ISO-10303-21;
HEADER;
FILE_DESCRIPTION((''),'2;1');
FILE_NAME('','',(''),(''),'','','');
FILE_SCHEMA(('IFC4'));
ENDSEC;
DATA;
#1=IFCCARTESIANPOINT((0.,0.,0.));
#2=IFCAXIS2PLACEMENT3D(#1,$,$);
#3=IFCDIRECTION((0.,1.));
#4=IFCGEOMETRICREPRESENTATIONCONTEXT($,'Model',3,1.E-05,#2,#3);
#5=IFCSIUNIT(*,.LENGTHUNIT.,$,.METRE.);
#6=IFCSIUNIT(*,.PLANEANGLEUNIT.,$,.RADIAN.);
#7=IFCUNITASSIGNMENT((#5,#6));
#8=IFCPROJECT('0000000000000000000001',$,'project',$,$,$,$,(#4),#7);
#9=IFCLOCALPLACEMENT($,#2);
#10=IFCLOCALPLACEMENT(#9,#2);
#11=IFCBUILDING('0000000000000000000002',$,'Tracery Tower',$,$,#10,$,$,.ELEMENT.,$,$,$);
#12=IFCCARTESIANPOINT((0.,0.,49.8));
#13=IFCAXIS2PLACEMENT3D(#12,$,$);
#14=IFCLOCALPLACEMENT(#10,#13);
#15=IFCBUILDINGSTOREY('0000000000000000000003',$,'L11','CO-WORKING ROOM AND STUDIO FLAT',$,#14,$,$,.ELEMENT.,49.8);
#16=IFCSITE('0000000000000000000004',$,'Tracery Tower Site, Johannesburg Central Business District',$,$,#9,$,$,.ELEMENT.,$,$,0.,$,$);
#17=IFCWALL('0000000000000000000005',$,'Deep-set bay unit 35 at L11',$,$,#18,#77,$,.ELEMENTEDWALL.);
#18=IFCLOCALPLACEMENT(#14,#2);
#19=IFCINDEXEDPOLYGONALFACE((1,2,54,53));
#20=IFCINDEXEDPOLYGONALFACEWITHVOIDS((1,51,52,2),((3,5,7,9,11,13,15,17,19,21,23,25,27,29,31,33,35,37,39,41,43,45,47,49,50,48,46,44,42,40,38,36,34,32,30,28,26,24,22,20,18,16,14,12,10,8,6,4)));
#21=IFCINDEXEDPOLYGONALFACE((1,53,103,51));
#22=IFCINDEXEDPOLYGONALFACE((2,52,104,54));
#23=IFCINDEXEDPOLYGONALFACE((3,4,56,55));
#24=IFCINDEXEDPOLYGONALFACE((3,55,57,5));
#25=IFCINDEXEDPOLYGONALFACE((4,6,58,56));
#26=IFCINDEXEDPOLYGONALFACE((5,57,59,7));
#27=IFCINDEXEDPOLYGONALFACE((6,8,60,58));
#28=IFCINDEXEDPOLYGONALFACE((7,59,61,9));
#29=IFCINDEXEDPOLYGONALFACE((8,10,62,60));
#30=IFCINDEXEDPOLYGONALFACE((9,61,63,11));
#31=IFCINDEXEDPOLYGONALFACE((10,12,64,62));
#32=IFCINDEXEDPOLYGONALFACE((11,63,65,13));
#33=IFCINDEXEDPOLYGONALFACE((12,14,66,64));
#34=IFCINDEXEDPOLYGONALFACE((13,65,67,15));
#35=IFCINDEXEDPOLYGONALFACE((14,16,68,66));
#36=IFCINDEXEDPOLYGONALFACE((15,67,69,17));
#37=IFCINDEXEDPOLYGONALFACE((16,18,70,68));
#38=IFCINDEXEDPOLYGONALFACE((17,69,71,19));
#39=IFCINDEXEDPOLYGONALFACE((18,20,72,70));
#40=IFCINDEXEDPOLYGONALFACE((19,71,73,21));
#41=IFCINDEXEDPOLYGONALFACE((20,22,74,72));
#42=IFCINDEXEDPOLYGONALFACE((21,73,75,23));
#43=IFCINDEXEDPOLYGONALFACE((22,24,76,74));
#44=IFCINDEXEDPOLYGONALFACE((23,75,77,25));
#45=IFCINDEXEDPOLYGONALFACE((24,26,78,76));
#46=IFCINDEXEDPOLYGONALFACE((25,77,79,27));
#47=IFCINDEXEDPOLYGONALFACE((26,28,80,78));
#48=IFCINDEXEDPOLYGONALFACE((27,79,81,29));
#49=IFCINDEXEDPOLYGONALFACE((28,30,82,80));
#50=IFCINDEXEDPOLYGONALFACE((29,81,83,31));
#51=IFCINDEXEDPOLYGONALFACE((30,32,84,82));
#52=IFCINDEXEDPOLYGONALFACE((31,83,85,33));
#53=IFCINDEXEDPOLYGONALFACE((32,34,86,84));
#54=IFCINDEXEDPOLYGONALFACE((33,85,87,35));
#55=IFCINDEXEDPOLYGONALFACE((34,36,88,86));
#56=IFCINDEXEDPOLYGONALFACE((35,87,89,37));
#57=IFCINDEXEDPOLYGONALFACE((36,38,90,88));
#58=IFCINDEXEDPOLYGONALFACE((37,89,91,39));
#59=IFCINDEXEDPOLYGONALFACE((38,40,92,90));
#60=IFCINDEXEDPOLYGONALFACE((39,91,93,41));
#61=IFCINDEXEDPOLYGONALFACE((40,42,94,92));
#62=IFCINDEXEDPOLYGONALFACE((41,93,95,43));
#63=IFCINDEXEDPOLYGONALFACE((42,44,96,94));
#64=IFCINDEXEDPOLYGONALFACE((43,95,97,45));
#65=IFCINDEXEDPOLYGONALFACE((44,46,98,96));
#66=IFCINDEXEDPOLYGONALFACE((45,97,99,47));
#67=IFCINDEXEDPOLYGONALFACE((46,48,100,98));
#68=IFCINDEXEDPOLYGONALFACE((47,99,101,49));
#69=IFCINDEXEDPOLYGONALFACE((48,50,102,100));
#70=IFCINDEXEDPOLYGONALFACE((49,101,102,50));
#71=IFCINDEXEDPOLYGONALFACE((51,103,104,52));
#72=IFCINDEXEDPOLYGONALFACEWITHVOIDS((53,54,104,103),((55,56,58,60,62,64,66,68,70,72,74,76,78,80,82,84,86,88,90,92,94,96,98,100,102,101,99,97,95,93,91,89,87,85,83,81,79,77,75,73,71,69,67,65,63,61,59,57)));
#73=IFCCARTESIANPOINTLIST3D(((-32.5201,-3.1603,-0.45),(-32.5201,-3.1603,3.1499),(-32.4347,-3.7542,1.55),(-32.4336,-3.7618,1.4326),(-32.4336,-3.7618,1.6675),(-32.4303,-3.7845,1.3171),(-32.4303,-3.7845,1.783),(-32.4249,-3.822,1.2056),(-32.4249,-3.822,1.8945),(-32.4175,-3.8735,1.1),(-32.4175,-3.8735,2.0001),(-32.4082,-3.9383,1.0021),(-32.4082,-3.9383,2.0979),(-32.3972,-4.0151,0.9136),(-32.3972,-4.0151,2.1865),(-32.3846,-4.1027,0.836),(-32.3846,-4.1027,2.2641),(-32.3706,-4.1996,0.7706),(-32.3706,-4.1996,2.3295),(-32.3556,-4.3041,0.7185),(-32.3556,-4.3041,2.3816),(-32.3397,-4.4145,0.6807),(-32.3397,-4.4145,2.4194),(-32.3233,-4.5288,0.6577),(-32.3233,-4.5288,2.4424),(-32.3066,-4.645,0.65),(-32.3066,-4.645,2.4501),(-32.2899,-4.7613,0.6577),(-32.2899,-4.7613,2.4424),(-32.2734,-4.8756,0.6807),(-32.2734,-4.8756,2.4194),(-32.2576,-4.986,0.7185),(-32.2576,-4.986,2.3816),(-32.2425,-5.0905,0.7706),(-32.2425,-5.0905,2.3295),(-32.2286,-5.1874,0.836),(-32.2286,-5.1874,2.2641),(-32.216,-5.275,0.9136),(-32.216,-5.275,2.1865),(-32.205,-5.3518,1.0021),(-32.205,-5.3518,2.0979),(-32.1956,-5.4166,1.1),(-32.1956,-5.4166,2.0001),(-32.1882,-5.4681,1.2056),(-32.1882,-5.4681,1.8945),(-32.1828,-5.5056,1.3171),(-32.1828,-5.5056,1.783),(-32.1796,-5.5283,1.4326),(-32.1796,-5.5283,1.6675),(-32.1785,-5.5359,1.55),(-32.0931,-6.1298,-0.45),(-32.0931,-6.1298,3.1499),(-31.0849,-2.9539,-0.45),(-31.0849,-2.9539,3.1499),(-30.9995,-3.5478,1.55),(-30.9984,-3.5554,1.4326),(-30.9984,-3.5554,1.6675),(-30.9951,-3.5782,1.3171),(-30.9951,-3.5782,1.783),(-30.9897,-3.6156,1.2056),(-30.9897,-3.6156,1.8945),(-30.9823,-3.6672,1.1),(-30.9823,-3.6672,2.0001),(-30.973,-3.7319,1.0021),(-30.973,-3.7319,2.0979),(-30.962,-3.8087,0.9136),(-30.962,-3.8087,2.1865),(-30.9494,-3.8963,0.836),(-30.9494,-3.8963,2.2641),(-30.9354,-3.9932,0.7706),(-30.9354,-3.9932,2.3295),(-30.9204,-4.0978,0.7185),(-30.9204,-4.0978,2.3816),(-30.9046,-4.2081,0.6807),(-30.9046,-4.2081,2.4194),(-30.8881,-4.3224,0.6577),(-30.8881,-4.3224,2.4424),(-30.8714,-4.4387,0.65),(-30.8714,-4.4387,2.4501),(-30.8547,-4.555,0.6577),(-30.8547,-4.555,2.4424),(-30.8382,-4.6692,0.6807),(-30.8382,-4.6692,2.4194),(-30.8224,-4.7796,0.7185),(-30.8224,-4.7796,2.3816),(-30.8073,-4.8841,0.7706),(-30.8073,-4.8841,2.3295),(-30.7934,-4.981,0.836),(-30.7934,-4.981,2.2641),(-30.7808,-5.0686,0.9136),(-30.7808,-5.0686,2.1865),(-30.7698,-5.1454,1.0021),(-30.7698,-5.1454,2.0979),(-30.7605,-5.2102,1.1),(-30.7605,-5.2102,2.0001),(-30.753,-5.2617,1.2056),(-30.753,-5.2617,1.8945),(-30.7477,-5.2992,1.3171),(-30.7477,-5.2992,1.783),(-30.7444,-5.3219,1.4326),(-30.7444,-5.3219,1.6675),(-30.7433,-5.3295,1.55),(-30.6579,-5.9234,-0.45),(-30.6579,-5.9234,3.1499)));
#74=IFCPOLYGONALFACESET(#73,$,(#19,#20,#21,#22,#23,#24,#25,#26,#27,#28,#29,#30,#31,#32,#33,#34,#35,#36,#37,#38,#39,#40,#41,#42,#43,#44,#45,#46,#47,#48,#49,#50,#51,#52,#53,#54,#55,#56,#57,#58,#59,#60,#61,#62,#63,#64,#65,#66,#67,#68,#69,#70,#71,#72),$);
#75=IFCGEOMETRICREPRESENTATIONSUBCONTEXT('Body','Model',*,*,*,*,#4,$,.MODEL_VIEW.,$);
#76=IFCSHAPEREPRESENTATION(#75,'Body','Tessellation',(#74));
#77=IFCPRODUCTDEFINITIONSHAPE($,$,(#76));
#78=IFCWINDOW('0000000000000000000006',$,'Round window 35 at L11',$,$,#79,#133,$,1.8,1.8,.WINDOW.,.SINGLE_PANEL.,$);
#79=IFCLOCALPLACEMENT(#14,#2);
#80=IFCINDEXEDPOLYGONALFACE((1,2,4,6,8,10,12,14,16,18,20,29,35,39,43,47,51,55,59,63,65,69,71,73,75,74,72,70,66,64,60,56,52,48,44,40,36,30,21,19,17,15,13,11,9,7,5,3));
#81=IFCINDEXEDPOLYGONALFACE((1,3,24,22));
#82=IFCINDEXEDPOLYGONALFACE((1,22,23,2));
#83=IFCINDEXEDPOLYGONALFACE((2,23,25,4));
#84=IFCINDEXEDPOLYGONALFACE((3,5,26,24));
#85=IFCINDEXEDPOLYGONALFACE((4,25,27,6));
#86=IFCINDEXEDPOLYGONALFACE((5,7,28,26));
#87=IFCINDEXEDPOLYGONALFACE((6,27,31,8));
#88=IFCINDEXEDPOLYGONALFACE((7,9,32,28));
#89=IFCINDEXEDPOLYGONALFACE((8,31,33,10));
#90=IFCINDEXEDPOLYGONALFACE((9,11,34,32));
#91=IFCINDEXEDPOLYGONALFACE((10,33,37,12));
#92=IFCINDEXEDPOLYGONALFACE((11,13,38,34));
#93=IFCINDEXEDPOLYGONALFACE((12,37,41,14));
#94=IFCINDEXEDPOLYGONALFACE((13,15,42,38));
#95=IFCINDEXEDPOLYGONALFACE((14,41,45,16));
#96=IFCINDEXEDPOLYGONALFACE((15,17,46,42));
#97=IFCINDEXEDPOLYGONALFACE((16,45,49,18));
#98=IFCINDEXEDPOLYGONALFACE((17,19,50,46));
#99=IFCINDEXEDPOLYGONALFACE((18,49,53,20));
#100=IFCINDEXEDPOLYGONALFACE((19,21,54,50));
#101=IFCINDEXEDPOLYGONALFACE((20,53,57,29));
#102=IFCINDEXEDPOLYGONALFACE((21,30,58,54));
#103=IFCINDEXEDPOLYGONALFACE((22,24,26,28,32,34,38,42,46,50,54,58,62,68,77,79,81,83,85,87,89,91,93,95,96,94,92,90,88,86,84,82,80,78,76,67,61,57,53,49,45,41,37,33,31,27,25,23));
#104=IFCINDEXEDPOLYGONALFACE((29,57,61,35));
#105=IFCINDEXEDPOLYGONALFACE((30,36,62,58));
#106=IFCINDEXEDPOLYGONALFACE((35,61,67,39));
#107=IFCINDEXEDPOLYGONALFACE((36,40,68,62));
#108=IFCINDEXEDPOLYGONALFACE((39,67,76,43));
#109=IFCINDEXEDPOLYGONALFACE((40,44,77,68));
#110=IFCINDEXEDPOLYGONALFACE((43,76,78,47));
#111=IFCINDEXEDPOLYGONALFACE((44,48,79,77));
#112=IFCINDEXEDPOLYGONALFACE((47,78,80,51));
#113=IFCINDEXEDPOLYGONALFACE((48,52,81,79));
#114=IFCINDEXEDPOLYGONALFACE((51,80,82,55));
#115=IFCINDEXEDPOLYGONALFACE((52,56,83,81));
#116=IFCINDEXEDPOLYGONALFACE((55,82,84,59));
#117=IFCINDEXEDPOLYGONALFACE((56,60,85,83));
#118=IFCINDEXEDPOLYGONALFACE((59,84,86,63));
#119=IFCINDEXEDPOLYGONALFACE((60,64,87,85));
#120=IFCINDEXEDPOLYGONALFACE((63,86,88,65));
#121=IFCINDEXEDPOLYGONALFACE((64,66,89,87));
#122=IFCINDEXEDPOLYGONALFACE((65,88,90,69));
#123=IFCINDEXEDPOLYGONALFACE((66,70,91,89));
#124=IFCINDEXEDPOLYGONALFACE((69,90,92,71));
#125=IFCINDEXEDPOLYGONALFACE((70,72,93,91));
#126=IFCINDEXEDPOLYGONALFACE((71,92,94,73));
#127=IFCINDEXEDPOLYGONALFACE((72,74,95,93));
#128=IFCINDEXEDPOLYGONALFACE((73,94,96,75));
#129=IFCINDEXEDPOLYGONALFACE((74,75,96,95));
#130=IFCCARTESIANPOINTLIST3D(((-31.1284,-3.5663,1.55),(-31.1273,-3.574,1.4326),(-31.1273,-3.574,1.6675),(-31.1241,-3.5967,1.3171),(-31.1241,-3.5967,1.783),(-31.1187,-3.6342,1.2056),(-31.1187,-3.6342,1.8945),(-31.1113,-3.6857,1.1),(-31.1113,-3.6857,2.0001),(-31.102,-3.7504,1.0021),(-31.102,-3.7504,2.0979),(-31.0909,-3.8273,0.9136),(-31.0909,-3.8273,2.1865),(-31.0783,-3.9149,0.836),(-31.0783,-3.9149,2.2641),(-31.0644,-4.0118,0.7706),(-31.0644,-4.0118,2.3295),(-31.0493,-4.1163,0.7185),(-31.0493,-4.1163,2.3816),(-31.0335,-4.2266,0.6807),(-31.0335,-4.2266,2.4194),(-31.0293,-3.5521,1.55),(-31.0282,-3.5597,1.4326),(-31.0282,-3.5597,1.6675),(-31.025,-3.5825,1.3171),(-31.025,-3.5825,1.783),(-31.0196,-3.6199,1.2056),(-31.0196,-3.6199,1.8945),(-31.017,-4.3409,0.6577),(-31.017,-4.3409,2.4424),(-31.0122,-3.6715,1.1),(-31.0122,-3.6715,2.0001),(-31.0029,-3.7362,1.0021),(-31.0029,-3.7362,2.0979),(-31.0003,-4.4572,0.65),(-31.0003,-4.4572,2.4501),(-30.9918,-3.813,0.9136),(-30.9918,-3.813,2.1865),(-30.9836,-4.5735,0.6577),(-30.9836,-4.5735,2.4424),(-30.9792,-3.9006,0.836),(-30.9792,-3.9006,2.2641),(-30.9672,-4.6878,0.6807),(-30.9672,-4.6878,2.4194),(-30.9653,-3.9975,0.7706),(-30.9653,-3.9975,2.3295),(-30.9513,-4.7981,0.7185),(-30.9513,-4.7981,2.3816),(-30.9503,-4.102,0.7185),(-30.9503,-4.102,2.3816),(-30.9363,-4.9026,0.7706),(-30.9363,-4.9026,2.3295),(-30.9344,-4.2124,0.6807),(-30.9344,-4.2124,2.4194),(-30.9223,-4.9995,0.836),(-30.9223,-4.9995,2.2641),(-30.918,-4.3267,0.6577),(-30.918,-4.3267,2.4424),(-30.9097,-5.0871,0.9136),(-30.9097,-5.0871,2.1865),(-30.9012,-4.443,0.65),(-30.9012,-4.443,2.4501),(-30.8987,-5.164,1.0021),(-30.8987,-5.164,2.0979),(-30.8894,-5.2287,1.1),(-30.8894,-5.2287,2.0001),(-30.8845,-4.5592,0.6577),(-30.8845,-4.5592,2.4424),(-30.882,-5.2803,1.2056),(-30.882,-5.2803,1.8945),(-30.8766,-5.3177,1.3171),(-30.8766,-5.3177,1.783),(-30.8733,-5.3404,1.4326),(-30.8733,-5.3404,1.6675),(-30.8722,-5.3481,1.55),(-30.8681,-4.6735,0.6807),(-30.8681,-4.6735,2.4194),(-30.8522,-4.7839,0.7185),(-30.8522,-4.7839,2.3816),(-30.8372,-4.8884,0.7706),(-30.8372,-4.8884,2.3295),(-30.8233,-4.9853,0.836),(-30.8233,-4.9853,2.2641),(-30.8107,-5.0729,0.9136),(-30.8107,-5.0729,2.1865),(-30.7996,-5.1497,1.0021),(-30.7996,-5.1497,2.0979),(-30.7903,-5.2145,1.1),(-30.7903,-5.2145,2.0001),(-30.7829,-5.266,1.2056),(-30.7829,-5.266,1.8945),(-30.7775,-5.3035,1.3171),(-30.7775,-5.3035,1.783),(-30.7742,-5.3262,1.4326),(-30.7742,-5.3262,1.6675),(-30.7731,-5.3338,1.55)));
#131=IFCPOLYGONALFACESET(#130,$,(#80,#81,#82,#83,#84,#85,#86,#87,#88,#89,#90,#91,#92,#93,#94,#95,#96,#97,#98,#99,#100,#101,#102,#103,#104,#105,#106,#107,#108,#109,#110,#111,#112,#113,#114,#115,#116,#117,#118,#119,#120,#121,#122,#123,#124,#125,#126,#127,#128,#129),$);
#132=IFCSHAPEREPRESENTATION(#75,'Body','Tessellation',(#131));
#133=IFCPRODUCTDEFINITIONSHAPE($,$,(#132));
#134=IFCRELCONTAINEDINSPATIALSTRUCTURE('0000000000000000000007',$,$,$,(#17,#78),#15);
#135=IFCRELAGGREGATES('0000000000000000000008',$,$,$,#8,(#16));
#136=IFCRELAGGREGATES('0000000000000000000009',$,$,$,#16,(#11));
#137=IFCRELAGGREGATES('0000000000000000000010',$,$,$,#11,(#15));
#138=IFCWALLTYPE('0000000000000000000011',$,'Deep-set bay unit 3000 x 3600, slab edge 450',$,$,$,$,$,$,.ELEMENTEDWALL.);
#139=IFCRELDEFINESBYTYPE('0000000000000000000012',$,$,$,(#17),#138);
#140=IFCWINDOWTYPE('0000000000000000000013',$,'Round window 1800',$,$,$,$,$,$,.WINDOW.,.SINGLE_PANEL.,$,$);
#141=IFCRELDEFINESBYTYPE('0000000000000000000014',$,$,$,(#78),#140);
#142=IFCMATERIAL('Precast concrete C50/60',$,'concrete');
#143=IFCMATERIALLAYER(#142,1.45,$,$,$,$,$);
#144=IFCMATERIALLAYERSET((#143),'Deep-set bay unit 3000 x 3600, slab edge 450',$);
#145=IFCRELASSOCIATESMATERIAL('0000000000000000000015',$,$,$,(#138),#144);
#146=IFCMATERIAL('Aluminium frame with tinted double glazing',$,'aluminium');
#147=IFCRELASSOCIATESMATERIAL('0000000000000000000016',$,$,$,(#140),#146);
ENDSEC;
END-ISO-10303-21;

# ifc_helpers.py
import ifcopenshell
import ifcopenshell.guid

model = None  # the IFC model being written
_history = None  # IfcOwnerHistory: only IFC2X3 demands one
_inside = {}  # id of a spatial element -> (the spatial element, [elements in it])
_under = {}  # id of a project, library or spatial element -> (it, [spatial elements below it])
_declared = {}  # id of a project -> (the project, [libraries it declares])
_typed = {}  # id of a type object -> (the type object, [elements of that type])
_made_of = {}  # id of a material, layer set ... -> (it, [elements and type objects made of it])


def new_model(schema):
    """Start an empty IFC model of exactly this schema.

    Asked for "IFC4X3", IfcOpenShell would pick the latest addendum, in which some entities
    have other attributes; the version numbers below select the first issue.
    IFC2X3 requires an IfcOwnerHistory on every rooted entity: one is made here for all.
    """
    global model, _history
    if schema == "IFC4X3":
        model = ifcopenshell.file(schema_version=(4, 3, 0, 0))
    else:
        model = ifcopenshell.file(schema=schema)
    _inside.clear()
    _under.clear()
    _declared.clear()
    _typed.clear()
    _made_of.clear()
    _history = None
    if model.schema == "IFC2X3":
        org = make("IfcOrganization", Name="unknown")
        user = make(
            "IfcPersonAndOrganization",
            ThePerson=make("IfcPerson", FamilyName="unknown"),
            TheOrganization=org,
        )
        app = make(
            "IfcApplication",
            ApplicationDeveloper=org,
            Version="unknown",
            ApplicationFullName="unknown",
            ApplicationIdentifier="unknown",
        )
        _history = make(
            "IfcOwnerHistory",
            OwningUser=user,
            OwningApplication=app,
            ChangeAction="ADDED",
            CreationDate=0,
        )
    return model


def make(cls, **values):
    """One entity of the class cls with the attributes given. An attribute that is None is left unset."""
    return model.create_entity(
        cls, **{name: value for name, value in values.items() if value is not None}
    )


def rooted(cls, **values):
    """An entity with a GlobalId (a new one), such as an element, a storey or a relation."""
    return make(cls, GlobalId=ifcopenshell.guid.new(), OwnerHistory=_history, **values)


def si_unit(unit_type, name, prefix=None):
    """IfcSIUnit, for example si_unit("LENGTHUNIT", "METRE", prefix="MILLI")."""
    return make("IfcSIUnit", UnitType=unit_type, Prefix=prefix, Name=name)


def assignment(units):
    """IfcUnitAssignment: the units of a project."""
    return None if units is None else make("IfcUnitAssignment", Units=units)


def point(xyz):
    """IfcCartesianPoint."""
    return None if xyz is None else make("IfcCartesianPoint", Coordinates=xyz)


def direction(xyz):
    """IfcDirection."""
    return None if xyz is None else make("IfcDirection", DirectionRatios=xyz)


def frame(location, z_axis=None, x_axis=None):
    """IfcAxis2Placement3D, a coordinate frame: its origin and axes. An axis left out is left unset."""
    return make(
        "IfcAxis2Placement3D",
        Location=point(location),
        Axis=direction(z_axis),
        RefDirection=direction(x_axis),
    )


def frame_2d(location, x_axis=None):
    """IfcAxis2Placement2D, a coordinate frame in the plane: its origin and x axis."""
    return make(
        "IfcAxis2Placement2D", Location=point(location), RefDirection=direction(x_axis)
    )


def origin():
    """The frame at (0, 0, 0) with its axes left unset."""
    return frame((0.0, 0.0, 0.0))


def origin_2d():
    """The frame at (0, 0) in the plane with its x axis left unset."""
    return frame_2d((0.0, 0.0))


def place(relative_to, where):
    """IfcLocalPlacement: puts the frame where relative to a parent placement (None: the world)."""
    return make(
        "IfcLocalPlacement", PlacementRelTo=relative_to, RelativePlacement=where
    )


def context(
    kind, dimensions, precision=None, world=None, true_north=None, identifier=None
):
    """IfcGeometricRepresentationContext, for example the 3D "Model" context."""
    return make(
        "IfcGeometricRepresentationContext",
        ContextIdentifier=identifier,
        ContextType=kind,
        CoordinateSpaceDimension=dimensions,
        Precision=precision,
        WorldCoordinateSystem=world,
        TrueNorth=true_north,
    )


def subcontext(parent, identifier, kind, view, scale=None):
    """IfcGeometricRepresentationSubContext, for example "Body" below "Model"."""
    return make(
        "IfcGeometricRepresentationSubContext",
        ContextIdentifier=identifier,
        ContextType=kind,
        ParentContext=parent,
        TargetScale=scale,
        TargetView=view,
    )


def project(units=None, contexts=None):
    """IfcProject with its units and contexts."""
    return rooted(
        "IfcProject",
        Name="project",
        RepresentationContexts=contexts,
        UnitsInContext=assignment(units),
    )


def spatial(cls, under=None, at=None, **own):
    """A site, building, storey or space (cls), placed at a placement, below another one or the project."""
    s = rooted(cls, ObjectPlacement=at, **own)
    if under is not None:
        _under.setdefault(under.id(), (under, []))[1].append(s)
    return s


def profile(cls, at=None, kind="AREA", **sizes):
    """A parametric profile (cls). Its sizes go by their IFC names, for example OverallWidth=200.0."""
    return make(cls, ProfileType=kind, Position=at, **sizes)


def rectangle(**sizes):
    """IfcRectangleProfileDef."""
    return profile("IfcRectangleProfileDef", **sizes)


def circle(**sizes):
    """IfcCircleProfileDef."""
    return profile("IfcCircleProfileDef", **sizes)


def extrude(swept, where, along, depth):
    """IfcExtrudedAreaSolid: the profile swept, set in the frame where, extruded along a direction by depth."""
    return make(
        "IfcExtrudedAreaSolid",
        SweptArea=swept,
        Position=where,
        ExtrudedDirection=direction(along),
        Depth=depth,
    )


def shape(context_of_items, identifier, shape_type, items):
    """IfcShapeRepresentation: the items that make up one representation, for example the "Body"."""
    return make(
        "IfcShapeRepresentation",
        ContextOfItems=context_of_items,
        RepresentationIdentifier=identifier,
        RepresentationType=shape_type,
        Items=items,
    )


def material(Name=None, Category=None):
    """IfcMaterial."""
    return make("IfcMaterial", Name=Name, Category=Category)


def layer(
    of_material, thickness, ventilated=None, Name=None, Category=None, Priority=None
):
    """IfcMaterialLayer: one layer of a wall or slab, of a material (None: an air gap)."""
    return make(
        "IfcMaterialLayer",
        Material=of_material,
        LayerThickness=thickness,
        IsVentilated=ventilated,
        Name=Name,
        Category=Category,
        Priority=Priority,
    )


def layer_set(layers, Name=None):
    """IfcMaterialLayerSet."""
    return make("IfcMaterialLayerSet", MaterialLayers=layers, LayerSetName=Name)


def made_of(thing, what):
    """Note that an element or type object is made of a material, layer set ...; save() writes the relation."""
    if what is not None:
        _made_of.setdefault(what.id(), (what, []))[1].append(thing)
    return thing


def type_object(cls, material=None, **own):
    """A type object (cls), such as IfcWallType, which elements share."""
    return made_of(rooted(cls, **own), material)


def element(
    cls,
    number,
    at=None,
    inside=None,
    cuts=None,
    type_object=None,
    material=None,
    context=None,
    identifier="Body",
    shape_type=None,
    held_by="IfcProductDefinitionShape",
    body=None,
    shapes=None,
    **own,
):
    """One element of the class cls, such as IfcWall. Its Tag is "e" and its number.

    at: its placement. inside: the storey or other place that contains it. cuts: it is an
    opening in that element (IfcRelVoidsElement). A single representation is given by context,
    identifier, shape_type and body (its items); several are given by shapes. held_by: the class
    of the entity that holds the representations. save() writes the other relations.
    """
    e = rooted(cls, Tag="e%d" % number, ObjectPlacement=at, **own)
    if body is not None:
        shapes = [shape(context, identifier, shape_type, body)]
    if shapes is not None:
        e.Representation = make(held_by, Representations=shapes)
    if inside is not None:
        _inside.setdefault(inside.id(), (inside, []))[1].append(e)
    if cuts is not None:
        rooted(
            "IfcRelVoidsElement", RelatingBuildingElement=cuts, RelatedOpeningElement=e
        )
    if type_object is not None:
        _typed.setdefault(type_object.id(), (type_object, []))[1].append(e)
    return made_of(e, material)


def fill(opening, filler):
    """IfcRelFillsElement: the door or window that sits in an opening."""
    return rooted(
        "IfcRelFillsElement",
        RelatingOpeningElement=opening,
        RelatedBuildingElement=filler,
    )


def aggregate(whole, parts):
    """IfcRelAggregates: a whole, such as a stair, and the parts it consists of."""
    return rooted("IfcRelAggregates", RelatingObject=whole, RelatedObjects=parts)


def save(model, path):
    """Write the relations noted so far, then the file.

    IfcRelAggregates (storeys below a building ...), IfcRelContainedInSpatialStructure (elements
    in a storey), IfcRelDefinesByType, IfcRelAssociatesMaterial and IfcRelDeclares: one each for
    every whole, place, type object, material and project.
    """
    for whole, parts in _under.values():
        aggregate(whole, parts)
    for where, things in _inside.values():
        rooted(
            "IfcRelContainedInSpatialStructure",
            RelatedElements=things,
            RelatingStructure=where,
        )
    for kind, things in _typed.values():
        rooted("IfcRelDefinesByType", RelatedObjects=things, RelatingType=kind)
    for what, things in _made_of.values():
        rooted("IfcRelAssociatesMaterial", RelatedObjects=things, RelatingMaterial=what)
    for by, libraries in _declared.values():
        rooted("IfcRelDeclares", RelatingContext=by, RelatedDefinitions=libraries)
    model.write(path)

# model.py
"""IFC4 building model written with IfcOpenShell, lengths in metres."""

from ifc_helpers import new_model, si_unit, direction, frame, frame_2d, origin, origin_2d, place, context, subcontext, project, spatial, rectangle, circle, extrude, material, layer, layer_set, type_object, element, fill, save


model = new_model("IFC4")

# Units and contexts
model_context = context("Model", 3, precision=1e-05, world=origin(), true_north=direction((0.0, 1.0)))
body_context = subcontext(model_context, "Body", "Model", "MODEL_VIEW")
ifc_project = project(units=[si_unit("LENGTHUNIT", "METRE"), si_unit("PLANEANGLEUNIT", "RADIAN")], contexts=[model_context])

# Site, building, storey
site_placement = place(None, origin())
site = spatial("IfcSite", under=ifc_project, at=site_placement, Name="Tracery Tower Site, Johannesburg Central Business District", CompositionType="ELEMENT", RefElevation=0.0)
building_placement = place(site_placement, origin())
building = spatial("IfcBuilding", under=site, at=building_placement, Name="Tracery Tower", CompositionType="ELEMENT")
storey_placement = place(building_placement, frame((0.0, 0.0, 49.8)))
storey = spatial("IfcBuildingStorey", under=building, at=storey_placement, Name="L11", Description="CO-WORKING ROOM AND STUDIO FLAT", CompositionType="ELEMENT", Elevation=49.8)

# Wall, opening, window
ifc_material_1 = material(Name="Precast concrete C50/60", Category="concrete")
ifc_layer_1 = layer(ifc_material_1, 1.45)
ifc_layer_set_1 = layer_set([ifc_layer_1], Name="Deep-set bay unit 3000 x 3600, slab edge 450")
wall_type_1 = type_object("IfcWallType", Name="Deep-set bay unit 3000 x 3600, slab edge 450", PredefinedType="ELEMENTEDWALL", material=ifc_layer_set_1)
wall_1_placement = place(storey_placement, frame((-31.8025, -3.0571, -0.45), z_axis=(0.0, 0.0, 1.0), x_axis=(0.142333, -0.989819, 0.0)))
wall_1 = element("IfcWall", 1, at=wall_1_placement, inside=storey, type_object=wall_type_1, Name="Deep-set bay unit 35 at L11", PredefinedType="ELEMENTEDWALL", context=body_context, shape_type="SweptSolid", body=[
    extrude(rectangle(XDim=3.0, YDim=1.45, at=frame_2d((1.5, 0.0))), origin(), (0.0, 0.0, 1.0), 3.5999),
])
opening_1_placement = place(wall_1_placement, frame((1.5, 0.0, 2.0)))
opening_1 = element("IfcOpeningElement", 2, at=opening_1_placement, cuts=wall_1, PredefinedType="OPENING", context=body_context, shape_type="SweptSolid", body=[
    extrude(circle(Radius=0.9, at=origin_2d()), frame((0.0, 0.7349, 0.0), z_axis=(0.0, -1.0, 0.0), x_axis=(1.0, 0.0, 0.0)), (0.0, 0.0, 1.0), 1.47),
])
ifc_material_2 = material(Name="Aluminium frame with tinted double glazing", Category="aluminium")
window_type = type_object("IfcWindowType", Name="Round window 1800", PartitioningType="SINGLE_PANEL", PredefinedType="WINDOW", material=ifc_material_2)
window_1_placement = place(opening_1_placement, origin())
window_1 = element("IfcWindow", 3, at=window_1_placement, inside=storey, type_object=window_type, Name="Round window 35 at L11", OverallHeight=1.8, OverallWidth=1.8, PartitioningType="SINGLE_PANEL", PredefinedType="WINDOW", context=body_context, shape_type="SweptSolid", body=[
    extrude(circle(Radius=0.9, at=origin_2d()), frame((0.0, 0.6948, 0.0), z_axis=(0.0, -1.0, 0.0), x_axis=(1.0, 0.0, 0.0)), (0.0, 0.0, 1.0), 0.1001),
])
fill(opening_1, window_1)

save(model, "model.ifc")
